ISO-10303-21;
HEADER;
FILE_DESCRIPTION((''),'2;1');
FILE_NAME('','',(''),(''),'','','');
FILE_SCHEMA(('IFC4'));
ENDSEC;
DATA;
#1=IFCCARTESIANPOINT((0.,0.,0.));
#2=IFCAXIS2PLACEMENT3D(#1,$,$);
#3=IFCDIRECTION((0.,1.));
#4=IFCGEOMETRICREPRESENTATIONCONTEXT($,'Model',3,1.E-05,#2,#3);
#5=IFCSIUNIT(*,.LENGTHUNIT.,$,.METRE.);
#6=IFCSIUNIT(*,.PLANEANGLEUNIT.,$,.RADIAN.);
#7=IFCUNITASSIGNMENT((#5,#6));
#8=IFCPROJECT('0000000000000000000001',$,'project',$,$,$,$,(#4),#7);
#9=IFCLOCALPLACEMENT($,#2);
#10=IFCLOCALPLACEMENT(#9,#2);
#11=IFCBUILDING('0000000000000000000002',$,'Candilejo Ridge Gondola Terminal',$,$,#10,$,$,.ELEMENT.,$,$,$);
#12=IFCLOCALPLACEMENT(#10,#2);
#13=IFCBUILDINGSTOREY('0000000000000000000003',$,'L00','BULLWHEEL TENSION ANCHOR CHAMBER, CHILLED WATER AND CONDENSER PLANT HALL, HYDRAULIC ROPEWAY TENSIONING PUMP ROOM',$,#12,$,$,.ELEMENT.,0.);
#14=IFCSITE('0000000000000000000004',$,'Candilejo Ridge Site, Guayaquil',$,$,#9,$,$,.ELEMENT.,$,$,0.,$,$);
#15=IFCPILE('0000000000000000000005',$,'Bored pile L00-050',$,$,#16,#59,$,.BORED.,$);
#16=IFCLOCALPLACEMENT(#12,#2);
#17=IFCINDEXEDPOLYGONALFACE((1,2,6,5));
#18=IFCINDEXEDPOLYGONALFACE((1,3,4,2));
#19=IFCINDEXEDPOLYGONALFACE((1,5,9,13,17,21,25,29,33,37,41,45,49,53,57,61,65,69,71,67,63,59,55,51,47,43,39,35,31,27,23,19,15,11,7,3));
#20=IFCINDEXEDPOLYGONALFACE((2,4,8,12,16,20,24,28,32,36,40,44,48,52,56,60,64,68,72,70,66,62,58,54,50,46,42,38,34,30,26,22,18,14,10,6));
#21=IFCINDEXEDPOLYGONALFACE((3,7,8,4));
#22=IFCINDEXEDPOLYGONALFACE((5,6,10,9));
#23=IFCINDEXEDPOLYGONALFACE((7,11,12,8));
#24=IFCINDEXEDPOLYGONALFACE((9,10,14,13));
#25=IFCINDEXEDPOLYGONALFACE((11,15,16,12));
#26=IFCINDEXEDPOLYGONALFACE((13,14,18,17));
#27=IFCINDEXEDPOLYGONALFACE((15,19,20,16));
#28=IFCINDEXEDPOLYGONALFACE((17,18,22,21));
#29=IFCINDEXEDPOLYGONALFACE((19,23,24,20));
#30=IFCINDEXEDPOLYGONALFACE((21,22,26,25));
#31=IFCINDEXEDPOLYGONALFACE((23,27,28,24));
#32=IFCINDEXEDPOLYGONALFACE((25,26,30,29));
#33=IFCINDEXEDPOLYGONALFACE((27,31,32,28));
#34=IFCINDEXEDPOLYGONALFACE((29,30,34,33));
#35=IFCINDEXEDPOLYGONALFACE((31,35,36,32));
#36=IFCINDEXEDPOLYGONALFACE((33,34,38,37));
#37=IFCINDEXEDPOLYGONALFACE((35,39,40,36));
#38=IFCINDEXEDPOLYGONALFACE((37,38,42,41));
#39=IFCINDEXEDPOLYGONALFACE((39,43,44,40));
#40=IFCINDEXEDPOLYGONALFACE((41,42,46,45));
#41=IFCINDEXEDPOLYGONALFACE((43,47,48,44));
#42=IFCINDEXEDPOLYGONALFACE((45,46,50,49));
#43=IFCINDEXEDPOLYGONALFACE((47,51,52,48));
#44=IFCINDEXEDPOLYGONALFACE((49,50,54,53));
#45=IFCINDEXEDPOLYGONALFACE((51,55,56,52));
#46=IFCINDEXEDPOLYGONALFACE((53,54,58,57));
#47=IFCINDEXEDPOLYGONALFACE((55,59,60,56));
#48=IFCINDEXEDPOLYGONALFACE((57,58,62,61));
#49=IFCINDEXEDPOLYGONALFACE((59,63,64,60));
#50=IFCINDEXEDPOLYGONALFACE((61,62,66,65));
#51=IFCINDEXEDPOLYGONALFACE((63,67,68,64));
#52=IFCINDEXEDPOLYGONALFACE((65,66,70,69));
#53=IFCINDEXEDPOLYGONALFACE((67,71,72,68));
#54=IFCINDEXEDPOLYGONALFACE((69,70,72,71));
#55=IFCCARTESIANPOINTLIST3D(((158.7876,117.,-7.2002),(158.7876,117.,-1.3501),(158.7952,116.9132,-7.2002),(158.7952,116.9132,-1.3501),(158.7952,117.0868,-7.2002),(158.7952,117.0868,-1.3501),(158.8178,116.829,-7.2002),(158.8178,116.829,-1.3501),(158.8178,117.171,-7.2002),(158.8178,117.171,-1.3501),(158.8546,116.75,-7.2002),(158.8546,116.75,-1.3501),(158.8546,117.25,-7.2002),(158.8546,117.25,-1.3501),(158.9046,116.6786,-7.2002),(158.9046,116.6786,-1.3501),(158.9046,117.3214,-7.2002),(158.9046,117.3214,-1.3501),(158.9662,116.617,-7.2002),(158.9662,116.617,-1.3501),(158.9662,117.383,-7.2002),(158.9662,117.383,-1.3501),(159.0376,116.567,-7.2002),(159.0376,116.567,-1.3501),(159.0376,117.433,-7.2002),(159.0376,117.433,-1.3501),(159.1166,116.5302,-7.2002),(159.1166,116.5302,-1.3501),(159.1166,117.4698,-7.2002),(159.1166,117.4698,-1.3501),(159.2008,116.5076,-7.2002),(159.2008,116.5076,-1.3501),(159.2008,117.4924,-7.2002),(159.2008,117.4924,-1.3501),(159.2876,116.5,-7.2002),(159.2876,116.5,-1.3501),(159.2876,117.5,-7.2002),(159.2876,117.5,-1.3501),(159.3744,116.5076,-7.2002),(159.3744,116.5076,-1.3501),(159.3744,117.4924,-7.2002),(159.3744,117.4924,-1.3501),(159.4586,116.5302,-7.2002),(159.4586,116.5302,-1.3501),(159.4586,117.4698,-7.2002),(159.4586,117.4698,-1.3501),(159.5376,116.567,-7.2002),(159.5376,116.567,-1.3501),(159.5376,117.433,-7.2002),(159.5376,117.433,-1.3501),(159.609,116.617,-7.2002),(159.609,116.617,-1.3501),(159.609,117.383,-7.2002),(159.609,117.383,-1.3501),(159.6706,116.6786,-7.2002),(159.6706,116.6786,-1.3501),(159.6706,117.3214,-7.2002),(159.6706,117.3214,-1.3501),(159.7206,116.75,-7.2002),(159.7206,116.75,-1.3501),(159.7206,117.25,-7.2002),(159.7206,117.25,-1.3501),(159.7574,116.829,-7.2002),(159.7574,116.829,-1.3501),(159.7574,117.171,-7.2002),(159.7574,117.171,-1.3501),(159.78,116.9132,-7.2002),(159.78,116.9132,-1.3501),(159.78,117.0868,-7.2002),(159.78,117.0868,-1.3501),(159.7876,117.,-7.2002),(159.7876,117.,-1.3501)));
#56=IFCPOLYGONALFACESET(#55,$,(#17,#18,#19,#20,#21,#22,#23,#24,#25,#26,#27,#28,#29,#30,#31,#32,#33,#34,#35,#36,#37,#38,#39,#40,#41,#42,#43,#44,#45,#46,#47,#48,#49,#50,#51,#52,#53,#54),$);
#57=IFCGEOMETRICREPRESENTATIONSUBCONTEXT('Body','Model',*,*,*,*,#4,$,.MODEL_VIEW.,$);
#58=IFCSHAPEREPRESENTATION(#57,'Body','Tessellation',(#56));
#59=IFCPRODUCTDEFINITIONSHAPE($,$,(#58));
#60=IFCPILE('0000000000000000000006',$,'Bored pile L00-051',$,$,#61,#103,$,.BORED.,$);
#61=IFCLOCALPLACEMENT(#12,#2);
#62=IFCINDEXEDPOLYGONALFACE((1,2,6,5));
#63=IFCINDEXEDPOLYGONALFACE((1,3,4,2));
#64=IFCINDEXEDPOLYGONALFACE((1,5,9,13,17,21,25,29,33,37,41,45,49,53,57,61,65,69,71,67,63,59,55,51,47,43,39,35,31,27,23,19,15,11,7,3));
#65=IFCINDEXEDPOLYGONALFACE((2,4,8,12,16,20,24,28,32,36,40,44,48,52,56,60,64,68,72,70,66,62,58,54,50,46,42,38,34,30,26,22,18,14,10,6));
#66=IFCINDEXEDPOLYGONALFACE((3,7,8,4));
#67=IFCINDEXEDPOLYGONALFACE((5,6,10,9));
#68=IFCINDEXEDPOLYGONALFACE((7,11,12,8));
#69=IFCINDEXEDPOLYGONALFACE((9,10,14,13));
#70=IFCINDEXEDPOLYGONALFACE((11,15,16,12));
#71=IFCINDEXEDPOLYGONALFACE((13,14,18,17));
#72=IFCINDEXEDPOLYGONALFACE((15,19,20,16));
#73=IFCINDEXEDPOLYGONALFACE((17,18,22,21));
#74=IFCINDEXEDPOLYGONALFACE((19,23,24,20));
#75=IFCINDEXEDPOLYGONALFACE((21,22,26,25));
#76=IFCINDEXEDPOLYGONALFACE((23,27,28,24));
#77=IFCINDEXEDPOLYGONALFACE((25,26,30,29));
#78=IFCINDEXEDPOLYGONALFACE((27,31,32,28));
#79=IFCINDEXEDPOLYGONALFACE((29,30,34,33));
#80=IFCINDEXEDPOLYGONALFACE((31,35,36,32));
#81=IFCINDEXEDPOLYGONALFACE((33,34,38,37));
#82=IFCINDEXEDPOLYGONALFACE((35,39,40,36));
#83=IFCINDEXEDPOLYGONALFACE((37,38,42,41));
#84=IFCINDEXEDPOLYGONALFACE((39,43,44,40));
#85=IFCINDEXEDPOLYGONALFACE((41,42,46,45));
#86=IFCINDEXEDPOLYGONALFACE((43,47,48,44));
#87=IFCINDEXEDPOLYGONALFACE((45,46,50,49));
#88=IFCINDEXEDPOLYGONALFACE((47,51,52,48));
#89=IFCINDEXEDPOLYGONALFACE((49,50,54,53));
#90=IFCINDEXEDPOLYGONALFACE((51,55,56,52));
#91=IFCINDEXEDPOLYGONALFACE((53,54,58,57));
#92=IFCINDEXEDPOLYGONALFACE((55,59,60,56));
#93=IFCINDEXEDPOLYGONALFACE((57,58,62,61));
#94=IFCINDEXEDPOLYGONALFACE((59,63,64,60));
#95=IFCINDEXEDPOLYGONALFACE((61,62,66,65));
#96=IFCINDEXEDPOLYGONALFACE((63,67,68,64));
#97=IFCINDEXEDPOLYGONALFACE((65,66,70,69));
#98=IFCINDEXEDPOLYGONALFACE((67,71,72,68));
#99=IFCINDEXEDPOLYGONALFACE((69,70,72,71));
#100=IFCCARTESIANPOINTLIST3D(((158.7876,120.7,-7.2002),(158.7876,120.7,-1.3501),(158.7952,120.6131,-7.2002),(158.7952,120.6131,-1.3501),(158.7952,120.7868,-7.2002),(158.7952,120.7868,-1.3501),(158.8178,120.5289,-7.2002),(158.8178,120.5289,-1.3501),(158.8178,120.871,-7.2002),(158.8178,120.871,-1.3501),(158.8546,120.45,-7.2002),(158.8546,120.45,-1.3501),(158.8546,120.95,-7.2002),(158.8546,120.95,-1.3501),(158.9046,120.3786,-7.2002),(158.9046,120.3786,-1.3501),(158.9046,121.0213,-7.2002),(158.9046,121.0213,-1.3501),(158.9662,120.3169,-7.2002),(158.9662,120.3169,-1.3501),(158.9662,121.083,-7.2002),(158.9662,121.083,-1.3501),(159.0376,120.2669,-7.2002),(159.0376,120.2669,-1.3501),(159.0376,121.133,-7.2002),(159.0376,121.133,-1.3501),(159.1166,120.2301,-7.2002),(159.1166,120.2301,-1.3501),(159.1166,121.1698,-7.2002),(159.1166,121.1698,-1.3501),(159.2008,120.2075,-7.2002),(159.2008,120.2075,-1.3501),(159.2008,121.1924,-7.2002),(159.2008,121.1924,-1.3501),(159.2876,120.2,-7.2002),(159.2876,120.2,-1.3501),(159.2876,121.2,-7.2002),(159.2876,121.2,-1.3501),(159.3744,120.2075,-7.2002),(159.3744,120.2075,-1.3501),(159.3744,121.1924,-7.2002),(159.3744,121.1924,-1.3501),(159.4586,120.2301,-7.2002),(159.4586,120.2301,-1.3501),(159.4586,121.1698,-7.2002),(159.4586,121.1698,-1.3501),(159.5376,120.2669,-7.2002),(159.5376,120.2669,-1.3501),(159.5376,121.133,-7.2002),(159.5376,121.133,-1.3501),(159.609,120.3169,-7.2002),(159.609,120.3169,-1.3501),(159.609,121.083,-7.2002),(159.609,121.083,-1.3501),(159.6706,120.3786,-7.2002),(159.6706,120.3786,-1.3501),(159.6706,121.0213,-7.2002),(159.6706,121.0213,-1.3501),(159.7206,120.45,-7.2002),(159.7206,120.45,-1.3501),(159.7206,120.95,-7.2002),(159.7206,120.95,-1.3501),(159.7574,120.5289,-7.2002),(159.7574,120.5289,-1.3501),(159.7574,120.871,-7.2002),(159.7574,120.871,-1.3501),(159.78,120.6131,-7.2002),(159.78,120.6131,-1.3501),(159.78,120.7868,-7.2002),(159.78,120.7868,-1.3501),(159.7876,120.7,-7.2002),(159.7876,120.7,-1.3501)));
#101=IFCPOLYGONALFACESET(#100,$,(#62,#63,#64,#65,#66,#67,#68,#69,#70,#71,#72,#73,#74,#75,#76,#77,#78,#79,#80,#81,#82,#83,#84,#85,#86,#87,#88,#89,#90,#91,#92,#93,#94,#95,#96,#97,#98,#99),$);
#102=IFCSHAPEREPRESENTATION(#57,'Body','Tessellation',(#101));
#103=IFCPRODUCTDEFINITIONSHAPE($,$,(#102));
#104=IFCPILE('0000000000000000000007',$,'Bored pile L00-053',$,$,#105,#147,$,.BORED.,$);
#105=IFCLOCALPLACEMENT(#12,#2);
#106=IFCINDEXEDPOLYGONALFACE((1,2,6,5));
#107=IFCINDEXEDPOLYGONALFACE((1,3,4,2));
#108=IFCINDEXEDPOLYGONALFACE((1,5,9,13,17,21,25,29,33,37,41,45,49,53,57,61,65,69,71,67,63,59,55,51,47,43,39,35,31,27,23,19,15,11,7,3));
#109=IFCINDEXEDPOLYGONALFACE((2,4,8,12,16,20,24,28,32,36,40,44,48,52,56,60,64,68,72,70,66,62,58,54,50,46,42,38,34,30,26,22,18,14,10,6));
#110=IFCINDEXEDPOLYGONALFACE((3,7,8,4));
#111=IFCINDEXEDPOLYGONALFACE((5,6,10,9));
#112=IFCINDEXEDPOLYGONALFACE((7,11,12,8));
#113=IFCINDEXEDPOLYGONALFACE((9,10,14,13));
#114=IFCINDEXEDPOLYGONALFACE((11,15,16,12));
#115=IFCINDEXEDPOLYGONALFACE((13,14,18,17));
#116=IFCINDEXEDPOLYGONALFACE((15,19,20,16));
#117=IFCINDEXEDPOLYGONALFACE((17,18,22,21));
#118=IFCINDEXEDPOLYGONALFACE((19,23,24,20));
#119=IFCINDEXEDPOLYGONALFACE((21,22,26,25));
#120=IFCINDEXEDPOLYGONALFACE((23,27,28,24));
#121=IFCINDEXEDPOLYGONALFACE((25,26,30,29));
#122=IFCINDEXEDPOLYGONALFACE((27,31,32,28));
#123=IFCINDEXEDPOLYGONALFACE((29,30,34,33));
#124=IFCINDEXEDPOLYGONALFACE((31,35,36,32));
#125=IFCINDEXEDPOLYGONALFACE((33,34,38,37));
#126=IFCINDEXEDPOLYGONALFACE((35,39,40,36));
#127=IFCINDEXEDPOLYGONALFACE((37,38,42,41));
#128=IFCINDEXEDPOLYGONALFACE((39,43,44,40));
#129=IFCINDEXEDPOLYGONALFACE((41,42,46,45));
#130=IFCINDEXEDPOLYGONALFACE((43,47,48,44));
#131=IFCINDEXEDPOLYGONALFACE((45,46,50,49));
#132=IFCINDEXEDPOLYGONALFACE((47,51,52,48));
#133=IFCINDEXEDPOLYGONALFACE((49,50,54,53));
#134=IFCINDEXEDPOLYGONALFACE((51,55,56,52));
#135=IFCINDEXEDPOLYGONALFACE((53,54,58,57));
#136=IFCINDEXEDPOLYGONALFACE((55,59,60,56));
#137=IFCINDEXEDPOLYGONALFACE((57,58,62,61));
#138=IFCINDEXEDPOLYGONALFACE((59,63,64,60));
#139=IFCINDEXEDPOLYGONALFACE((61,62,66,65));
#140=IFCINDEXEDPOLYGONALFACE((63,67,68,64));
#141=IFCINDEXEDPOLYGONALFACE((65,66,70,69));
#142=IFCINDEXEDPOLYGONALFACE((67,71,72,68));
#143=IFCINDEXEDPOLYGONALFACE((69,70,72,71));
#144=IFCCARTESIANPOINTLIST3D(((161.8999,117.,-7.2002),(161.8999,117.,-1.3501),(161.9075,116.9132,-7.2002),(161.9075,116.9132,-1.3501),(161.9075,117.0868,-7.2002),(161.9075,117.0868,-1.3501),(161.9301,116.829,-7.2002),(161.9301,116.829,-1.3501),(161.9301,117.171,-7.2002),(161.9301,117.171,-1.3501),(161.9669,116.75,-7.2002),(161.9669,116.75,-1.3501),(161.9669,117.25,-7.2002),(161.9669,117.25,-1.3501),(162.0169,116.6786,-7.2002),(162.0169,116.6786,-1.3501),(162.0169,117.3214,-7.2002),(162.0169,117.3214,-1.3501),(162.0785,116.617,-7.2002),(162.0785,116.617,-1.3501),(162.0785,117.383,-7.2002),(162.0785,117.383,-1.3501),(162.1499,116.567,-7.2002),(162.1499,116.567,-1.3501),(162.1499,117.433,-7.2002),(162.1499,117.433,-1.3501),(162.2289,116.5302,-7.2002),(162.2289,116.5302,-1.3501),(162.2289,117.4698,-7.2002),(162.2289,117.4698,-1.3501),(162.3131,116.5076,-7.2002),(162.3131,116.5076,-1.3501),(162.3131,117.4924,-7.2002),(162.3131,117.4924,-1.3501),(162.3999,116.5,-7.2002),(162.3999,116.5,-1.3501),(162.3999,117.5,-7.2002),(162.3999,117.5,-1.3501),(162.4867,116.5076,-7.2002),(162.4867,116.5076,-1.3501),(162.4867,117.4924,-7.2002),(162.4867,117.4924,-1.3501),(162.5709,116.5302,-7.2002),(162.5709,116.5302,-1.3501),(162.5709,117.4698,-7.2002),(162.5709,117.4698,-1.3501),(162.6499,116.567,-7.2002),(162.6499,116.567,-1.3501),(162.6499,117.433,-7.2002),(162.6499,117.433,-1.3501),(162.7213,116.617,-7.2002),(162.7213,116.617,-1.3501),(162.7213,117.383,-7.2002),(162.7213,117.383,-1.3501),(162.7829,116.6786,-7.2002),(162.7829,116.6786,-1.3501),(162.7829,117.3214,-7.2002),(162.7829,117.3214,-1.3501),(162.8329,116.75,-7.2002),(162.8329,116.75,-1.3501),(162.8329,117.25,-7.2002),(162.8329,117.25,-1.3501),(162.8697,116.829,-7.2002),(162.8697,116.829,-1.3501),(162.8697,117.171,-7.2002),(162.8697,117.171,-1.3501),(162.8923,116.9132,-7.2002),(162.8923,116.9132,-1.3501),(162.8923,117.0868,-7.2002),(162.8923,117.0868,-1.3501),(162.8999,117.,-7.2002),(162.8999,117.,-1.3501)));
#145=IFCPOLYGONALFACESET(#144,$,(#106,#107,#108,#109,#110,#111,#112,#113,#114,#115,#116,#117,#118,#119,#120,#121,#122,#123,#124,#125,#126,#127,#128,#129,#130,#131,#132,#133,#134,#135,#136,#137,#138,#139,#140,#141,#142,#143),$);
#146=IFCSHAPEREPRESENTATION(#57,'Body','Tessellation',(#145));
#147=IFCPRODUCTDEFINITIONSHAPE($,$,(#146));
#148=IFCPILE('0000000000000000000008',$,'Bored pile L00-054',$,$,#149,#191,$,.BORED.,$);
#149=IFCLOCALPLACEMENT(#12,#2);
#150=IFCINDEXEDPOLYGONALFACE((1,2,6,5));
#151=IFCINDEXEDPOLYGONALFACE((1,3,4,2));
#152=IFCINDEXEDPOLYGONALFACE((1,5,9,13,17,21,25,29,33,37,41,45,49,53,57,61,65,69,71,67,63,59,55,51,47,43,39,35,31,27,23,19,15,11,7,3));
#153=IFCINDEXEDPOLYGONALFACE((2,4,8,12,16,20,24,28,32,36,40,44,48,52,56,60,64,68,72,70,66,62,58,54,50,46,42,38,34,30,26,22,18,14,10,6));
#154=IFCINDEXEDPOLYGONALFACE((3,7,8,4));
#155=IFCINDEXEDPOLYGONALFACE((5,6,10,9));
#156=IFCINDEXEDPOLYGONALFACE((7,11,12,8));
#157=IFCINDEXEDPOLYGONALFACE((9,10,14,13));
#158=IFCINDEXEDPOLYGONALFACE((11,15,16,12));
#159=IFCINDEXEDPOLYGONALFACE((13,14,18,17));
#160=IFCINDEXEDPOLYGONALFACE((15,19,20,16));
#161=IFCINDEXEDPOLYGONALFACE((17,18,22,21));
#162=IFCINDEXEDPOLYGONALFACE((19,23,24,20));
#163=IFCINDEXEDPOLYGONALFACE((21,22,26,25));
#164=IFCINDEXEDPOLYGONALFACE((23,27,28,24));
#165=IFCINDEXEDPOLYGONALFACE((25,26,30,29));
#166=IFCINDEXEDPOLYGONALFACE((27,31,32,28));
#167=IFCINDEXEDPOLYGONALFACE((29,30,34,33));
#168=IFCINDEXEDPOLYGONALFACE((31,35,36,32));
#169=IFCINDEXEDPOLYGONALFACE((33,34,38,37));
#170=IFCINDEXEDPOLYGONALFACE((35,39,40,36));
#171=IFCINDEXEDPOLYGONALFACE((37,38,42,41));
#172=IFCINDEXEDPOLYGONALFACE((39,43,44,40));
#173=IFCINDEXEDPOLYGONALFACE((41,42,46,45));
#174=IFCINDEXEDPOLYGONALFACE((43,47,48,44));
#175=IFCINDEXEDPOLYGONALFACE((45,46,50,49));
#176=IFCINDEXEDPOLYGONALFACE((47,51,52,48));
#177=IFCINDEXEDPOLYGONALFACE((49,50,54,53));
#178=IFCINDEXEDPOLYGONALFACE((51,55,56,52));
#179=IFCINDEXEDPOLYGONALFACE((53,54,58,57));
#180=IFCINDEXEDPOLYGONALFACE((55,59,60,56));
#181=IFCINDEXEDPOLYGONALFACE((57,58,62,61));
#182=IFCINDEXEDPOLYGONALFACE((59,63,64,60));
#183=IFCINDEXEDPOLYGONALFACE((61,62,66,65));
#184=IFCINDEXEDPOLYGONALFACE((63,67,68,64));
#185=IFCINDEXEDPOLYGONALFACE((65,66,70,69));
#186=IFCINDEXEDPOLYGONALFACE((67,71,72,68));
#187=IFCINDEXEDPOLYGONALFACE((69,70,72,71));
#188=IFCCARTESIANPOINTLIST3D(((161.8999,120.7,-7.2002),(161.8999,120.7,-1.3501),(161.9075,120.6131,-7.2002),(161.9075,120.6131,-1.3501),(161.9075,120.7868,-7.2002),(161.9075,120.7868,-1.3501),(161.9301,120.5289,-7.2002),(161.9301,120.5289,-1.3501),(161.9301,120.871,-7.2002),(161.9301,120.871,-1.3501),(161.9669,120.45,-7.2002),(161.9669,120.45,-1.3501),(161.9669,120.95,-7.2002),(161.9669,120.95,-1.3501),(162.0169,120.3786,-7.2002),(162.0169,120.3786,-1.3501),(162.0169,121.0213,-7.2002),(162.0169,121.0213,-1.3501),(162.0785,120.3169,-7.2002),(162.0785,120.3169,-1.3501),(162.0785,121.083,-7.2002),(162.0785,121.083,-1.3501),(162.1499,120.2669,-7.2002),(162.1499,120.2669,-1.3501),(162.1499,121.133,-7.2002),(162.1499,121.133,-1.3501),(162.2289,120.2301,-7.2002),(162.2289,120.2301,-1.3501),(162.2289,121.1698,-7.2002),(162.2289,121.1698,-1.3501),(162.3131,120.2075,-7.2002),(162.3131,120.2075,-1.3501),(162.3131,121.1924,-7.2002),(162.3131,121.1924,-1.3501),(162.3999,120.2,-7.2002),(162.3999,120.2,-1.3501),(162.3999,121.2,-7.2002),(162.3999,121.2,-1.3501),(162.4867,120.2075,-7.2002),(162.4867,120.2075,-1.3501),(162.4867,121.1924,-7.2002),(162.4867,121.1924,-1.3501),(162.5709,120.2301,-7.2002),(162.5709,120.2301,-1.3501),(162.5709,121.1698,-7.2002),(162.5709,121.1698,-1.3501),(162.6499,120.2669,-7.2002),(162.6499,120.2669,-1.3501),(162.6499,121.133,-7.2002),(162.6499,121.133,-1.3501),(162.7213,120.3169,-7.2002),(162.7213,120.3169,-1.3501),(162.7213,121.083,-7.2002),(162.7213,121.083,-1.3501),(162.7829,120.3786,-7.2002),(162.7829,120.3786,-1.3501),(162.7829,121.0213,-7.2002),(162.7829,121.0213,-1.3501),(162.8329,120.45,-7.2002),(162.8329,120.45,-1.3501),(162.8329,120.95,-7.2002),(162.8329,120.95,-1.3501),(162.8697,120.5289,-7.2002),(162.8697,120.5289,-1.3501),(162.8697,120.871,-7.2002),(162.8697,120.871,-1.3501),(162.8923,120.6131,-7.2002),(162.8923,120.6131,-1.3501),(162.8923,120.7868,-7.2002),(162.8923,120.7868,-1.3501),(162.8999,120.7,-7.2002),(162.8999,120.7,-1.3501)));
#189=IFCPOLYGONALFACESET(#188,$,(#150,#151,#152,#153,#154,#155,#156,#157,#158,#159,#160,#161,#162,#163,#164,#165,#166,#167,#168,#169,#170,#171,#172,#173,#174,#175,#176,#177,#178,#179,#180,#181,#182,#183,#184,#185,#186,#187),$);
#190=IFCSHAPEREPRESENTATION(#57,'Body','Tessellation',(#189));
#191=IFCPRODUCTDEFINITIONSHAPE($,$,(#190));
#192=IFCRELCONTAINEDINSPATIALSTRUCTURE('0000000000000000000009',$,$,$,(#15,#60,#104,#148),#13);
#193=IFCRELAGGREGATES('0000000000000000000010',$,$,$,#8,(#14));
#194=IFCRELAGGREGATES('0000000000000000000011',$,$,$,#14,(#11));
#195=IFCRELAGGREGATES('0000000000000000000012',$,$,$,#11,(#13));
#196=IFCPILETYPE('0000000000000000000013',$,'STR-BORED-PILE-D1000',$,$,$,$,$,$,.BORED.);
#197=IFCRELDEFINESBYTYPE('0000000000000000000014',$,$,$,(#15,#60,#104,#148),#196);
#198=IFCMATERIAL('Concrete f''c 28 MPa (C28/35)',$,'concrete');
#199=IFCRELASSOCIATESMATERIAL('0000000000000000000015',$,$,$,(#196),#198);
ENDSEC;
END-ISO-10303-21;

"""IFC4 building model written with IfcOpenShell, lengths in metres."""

from ifc_helpers import new_model, si_unit, direction, frame, origin, origin_2d, place, context, subcontext, project, spatial, circle, extrude, material, material_profile, profile_set, type_object, element, save


model = new_model("IFC4")

# Units and contexts
model_context = context("Model", 3, precision=1e-05, world=origin(), true_north=direction((0.0, 1.0)))
body_context = subcontext(model_context, "Body", "Model", "MODEL_VIEW")
ifc_project = project(units=[si_unit("LENGTHUNIT", "METRE"), si_unit("PLANEANGLEUNIT", "RADIAN")], contexts=[model_context])

# Site, building, storey
site_placement = place(None, origin())
site = spatial("IfcSite", under=ifc_project, at=site_placement, Name="Candilejo Ridge Site, Guayaquil", CompositionType="ELEMENT", RefElevation=0.0)
building_placement = place(site_placement, origin())
building = spatial("IfcBuilding", under=site, at=building_placement, Name="Candilejo Ridge Gondola Terminal", CompositionType="ELEMENT")
storey_placement = place(building_placement, origin())
storey = spatial("IfcBuildingStorey", under=building, at=storey_placement, Name="L00", Description="BULLWHEEL TENSION ANCHOR CHAMBER, CHILLED WATER AND CONDENSER PLANT HALL, HYDRAULIC ROPEWAY TENSIONING PUMP ROOM", CompositionType="ELEMENT", Elevation=0.0)

# Piles
ifc_material_1 = material(Name="Concrete f'c 28 MPa (C28/35)", Category="concrete")
ifc_material_profile_1 = material_profile(ifc_material_1, circle(Radius=0.5, at=origin_2d()))
ifc_profile_set_1 = profile_set([ifc_material_profile_1], Name="Concrete f'c 28 MPa (C28/35)")
pile_type = type_object("IfcPileType", Name="STR-BORED-PILE-D1000", PredefinedType="BORED", material=ifc_profile_set_1)
for number, where, z_axis, x_axis, name in (
    (1, (159.2876, 117.0, -1.3501), (0.0, 0.0, -1.0), (1.0, 0.0, 0.0), "Bored pile L00-050"),
    (2, (159.2876, 120.7, -1.3501), (0.0, 0.0, -1.0), (1.0, 0.0, 0.0), "Bored pile L00-051"),
    (3, (162.3999, 117.0, -1.3501), (0.0, 0.0, -1.0), (1.0, 0.0, 0.0), "Bored pile L00-053"),
    (4, (162.3999, 120.7, -1.3501), (0.0, 0.0, -1.0), (1.0, 0.0, 0.0), "Bored pile L00-054"),
):
    element("IfcPile", number, at=place(storey_placement, frame(where, z_axis=z_axis, x_axis=x_axis)), inside=storey, type_object=pile_type, Name=name, PredefinedType="BORED", context=body_context, shape_type="SweptSolid", body=[
        extrude(circle(Radius=0.5, at=origin_2d()), origin(), (0.0, 0.0, 1.0), 5.8501),
    ])

save(model, "model.ifc")
